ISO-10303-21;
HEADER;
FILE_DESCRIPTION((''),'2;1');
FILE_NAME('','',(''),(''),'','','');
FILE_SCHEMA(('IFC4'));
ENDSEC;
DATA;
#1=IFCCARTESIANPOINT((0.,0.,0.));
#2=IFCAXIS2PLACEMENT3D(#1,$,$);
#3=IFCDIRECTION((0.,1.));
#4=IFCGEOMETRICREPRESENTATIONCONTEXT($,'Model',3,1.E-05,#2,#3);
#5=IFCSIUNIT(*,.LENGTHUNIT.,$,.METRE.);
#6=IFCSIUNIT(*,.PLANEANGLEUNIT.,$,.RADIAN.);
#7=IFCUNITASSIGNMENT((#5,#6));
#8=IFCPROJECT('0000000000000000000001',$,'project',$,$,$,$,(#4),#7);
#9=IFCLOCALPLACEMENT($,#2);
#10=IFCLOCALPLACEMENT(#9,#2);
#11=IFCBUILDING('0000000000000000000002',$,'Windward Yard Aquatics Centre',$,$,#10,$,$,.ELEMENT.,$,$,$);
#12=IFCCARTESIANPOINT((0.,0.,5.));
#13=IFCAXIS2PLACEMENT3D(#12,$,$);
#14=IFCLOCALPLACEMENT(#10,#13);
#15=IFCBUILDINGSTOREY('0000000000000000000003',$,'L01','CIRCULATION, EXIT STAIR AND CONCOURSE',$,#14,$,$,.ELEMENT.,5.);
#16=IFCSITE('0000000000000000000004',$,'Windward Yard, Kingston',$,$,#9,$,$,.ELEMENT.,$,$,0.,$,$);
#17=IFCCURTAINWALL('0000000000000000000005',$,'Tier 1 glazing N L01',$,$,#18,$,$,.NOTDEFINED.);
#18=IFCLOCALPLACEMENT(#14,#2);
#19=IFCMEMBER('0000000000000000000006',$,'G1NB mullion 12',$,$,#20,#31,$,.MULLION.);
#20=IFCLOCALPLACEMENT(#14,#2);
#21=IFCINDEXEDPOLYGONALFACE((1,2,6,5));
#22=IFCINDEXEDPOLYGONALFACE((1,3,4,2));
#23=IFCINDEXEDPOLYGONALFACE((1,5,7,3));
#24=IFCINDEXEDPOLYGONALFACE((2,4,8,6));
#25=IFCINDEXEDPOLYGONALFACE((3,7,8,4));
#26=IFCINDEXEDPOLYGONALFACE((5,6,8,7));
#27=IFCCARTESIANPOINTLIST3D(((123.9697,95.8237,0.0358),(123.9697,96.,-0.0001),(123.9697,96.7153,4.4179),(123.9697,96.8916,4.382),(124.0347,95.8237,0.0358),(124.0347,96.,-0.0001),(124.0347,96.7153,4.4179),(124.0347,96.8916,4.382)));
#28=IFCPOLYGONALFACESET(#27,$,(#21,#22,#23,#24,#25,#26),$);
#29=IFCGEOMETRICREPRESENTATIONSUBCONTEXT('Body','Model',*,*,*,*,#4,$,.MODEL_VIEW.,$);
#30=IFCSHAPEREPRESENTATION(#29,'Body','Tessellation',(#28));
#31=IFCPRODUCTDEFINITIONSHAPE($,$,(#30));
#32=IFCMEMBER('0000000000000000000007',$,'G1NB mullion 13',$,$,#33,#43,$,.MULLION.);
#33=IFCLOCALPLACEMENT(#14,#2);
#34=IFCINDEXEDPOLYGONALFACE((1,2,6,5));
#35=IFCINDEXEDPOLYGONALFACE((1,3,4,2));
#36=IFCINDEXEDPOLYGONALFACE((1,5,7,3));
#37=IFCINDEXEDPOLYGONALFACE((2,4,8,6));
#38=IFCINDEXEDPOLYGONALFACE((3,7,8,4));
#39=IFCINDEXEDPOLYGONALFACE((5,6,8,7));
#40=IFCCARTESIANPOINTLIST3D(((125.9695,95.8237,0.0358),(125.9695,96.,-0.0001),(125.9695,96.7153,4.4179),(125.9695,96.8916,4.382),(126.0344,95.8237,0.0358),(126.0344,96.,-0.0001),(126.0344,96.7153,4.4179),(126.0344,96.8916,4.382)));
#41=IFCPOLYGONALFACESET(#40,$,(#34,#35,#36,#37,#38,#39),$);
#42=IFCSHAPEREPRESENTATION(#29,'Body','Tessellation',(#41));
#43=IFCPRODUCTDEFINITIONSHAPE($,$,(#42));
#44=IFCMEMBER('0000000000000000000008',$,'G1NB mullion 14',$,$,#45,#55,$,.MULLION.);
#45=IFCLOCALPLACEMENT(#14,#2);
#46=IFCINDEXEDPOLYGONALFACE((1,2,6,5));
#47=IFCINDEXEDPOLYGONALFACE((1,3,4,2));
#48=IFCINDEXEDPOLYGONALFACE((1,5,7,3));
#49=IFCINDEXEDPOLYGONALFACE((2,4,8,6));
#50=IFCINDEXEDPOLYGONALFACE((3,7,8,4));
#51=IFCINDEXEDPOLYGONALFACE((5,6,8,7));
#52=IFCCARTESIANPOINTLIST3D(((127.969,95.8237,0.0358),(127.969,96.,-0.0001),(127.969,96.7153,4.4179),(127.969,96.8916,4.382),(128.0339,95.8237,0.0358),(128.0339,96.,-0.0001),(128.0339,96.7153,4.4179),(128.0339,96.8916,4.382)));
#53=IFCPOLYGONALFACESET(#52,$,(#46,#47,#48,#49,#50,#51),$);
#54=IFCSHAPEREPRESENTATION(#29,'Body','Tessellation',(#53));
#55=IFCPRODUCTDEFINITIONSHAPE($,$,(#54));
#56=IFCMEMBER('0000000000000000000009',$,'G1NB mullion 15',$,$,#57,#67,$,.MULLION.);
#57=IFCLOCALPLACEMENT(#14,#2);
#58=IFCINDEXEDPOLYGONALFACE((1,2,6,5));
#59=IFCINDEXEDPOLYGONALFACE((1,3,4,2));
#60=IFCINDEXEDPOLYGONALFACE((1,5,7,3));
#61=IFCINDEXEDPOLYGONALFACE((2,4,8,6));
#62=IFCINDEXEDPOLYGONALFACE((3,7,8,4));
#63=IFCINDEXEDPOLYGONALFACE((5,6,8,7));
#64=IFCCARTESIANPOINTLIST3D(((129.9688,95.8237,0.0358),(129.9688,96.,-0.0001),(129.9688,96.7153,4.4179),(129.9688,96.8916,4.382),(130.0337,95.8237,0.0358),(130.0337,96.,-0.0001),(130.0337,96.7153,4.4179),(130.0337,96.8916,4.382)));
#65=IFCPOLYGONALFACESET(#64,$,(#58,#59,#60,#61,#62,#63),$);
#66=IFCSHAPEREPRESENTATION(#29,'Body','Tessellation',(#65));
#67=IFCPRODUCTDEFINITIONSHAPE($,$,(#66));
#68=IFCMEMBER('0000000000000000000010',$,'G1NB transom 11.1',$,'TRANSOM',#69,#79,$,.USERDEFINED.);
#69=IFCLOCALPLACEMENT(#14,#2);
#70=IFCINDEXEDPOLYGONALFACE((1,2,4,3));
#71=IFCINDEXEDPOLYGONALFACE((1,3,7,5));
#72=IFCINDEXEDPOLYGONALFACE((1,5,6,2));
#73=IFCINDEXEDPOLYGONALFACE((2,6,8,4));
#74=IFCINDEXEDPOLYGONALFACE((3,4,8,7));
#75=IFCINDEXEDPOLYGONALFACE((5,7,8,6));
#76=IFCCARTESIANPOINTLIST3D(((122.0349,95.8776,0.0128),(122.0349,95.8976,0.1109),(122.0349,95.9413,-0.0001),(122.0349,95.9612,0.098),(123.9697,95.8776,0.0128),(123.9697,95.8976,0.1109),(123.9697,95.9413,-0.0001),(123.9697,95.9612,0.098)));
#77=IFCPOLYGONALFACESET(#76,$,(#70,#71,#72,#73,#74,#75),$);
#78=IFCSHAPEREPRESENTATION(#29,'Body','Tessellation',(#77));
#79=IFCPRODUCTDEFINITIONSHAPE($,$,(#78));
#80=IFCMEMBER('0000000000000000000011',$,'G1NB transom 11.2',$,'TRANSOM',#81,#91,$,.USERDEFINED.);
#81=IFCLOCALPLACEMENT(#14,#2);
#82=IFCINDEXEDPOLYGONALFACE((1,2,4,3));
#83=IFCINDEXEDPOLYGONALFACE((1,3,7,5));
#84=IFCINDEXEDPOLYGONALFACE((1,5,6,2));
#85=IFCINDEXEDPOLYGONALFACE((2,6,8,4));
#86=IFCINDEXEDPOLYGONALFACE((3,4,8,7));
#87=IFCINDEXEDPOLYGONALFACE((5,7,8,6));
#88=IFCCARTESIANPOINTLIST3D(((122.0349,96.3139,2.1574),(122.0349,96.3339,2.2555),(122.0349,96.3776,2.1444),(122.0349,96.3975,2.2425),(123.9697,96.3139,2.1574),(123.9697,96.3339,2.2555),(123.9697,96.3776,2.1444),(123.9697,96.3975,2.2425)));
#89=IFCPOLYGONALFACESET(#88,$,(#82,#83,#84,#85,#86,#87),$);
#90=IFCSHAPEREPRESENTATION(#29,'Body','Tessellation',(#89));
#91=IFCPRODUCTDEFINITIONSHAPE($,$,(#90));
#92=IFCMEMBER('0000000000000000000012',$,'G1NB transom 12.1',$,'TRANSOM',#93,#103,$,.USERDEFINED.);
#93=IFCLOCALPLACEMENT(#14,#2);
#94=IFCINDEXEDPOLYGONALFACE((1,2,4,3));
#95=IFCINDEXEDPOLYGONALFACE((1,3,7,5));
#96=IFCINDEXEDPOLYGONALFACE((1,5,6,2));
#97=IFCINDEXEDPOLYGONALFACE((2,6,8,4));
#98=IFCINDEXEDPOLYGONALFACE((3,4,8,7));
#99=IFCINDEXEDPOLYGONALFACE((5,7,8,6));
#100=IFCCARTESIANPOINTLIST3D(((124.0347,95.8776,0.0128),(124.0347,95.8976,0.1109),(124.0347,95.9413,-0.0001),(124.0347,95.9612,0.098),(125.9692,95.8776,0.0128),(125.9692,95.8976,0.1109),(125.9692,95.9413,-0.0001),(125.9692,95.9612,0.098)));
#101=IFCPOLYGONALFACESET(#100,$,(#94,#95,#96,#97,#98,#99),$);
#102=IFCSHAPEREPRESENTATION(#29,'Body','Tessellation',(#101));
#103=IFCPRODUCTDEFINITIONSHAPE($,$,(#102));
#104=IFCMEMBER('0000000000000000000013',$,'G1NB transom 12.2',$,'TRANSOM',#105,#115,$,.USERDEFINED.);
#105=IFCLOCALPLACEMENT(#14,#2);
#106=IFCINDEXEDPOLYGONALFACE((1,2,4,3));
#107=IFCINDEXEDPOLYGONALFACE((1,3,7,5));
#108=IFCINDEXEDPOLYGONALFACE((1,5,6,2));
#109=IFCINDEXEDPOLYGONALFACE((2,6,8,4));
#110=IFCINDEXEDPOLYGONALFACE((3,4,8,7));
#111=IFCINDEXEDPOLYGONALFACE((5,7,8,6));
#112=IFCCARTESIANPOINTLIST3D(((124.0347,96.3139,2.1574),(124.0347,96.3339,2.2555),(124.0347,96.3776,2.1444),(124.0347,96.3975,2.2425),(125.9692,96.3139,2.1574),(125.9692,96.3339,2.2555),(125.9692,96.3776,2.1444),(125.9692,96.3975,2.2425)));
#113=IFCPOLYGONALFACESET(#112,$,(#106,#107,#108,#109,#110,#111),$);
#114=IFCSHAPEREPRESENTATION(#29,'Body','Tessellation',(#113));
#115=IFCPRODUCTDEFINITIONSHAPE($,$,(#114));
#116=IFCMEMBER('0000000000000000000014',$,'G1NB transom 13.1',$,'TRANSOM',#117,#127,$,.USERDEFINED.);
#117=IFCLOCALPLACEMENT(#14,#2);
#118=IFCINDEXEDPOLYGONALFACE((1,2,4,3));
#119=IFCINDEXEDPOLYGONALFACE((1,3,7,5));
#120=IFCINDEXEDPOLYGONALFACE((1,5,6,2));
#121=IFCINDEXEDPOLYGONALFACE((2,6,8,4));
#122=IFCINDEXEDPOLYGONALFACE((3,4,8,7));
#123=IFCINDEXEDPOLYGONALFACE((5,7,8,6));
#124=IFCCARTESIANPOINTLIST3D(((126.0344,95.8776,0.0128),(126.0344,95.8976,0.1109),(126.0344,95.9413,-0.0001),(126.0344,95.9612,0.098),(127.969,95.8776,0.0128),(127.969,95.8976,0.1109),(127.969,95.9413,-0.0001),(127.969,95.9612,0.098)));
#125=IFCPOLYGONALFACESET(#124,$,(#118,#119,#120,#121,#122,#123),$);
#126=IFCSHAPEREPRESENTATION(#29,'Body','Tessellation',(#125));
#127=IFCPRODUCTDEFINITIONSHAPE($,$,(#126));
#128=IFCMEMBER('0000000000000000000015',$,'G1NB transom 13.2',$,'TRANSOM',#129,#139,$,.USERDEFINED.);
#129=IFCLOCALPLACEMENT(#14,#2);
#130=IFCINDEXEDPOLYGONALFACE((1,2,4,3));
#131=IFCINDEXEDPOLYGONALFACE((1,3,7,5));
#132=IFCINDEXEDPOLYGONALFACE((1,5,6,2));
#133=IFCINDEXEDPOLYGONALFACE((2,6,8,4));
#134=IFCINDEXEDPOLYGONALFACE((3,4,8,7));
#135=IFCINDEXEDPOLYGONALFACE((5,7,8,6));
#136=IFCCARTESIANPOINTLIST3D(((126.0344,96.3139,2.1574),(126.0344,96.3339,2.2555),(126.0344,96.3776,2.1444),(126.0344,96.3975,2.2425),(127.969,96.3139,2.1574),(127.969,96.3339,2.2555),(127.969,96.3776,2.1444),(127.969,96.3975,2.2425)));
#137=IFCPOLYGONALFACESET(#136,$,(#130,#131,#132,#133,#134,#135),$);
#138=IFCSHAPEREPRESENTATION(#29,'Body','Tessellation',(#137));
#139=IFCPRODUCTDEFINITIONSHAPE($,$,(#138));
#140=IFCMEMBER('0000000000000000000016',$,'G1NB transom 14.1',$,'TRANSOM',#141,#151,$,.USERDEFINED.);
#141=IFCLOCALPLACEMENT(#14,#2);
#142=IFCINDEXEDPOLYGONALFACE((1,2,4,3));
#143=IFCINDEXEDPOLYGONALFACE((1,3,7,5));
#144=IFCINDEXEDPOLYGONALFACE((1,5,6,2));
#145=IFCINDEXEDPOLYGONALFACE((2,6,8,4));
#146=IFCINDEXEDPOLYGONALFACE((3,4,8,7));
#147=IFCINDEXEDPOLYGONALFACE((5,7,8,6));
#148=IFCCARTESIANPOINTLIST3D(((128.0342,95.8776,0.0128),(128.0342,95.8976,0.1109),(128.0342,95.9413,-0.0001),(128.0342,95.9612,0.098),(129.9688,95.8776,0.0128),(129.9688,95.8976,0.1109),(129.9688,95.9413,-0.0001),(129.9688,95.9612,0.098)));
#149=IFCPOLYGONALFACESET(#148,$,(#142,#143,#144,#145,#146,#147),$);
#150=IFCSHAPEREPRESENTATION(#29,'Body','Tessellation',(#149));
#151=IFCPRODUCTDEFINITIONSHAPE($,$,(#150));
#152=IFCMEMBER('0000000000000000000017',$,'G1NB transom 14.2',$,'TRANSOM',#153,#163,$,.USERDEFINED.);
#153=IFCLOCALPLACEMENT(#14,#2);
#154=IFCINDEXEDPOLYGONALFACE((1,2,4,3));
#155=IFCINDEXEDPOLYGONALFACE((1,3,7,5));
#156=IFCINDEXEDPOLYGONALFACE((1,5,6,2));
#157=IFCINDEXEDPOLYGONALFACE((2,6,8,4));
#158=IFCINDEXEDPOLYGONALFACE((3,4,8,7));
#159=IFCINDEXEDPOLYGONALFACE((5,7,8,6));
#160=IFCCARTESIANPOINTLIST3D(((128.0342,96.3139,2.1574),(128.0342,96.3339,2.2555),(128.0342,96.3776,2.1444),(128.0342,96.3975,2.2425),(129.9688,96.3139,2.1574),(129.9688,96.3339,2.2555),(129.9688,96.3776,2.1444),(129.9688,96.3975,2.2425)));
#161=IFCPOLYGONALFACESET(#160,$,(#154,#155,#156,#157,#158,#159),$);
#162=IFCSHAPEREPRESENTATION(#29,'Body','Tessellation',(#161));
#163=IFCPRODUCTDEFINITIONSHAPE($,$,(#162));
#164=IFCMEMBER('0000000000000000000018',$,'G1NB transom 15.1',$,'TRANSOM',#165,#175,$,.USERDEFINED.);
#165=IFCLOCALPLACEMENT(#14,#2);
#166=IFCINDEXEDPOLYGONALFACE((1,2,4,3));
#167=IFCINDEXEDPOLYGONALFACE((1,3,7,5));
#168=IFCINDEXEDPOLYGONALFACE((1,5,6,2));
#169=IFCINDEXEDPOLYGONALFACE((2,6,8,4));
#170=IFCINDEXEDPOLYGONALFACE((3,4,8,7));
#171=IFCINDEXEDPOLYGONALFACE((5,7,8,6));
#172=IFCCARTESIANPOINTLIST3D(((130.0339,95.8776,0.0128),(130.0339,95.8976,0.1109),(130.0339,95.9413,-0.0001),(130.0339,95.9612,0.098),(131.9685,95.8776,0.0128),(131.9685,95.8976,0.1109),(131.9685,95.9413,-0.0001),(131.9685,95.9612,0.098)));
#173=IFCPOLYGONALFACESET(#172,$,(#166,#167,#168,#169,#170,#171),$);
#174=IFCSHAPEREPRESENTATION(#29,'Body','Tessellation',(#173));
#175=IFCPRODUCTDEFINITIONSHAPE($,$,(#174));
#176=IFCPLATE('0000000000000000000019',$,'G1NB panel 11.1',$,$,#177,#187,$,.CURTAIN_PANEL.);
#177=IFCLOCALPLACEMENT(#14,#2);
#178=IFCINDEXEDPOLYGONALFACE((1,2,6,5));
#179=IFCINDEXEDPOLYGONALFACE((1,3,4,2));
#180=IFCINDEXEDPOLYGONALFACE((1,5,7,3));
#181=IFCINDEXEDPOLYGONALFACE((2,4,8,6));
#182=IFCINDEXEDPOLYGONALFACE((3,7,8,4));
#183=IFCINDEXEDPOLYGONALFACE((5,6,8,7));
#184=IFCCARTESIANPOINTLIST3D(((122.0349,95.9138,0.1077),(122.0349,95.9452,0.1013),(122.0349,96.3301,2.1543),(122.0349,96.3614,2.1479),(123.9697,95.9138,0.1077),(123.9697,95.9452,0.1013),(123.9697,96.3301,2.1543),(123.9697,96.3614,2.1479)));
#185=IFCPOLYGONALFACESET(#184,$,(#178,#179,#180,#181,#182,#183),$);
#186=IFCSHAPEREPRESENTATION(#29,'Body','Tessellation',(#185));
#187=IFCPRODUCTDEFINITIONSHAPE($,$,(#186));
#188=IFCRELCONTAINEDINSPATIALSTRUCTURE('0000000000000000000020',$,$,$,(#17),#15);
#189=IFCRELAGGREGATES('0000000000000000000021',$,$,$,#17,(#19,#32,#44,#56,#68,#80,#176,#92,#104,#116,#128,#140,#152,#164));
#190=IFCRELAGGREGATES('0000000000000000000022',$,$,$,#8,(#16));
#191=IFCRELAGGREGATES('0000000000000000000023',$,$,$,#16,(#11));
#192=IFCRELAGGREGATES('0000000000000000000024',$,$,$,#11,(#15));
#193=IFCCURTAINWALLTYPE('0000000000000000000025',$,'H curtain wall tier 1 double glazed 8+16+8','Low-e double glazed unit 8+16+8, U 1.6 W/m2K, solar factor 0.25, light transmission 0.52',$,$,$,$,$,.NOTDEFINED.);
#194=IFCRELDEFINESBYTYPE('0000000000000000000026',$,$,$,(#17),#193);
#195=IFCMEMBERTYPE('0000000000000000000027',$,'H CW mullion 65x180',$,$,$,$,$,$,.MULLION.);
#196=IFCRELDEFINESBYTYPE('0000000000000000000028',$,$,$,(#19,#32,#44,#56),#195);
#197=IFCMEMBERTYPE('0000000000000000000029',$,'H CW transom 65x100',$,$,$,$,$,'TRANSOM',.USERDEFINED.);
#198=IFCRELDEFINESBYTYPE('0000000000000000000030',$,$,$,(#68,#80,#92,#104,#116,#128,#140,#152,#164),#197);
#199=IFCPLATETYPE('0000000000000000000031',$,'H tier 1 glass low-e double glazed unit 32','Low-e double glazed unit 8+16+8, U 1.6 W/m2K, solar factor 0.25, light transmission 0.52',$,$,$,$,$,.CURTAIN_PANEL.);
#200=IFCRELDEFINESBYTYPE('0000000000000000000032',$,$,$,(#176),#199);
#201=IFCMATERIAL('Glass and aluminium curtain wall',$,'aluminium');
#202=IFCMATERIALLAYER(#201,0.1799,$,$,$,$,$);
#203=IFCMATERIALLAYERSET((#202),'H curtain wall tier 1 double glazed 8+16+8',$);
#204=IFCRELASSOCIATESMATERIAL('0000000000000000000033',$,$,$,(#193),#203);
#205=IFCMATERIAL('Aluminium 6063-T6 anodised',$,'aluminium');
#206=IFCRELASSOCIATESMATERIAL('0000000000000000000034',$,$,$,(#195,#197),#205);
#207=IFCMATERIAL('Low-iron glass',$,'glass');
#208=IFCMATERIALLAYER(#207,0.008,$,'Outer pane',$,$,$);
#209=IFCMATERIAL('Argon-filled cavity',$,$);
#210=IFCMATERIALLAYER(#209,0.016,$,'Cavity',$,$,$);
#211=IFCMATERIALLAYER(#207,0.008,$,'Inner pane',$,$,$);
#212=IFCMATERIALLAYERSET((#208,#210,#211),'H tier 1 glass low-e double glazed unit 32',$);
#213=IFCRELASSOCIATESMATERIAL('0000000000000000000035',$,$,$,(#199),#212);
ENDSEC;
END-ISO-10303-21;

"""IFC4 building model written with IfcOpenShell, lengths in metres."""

from ifc_helpers import new_model, si_unit, direction, frame, origin, origin_2d, place, context, subcontext, project, spatial, polyline, rectangle, outline, extrude, material, layer, layer_set, material_profile, profile_set, type_object, element, aggregate, save


model = new_model("IFC4")

# Units and contexts
model_context = context("Model", 3, precision=1e-05, world=origin(), true_north=direction((0.0, 1.0)))
body_context = subcontext(model_context, "Body", "Model", "MODEL_VIEW")
ifc_project = project(units=[si_unit("LENGTHUNIT", "METRE"), si_unit("PLANEANGLEUNIT", "RADIAN")], contexts=[model_context])

# Site, building, storey
site_placement = place(None, origin())
site = spatial("IfcSite", under=ifc_project, at=site_placement, Name="Windward Yard, Kingston", CompositionType="ELEMENT", RefElevation=0.0)
building_placement = place(site_placement, origin())
building = spatial("IfcBuilding", under=site, at=building_placement, Name="Windward Yard Aquatics Centre", CompositionType="ELEMENT")
storey_placement = place(building_placement, frame((0.0, 0.0, 5.0)))
storey = spatial("IfcBuildingStorey", under=building, at=storey_placement, Name="L01", Description="CIRCULATION, EXIT STAIR AND CONCOURSE", CompositionType="ELEMENT", Elevation=5.0)

# Curtain wall, members, plate
ifc_material_1 = material(Name="Glass and aluminium curtain wall", Category="aluminium")
ifc_layer_1 = layer(ifc_material_1, 0.1799)
ifc_layer_set_1 = layer_set([ifc_layer_1], Name="H curtain wall tier 1 double glazed 8+16+8")
curtain_wall_type = type_object("IfcCurtainWallType", Name="H curtain wall tier 1 double glazed 8+16+8", Description="Low-e double glazed unit 8+16+8, U 1.6 W/m2K, solar factor 0.25, light transmission 0.52", PredefinedType="NOTDEFINED", material=ifc_layer_set_1)
curtain_wall_placement = place(storey_placement, origin())
curtain_wall = element("IfcCurtainWall", 1, at=curtain_wall_placement, inside=storey, type_object=curtain_wall_type, Name="Tier 1 glazing N L01", PredefinedType="NOTDEFINED")
ifc_material_2 = material(Name="Aluminium 6063-T6 anodised", Category="aluminium")
ifc_material_profile_1 = material_profile(ifc_material_2, rectangle(XDim=0.0649, YDim=0.1799, at=origin_2d()), Name="H CW mullion 65x180")
ifc_profile_set_1 = profile_set([ifc_material_profile_1], Name="Aluminium 6063-T6 anodised")
member_type_1 = type_object("IfcMemberType", Name="H CW mullion 65x180", PredefinedType="MULLION", material=ifc_profile_set_1)
member_1_placement = place(storey_placement, frame((124.0022, 95.9119, 0.0178), z_axis=(0.0, 0.19938, 0.979922), x_axis=(-1.0, 0.0, 0.0)))
member_1 = element("IfcMember", 2, at=member_1_placement, type_object=member_type_1, Name="G1NB mullion 12", PredefinedType="MULLION", context=body_context, shape_type="SweptSolid", body=[
    extrude(rectangle(XDim=0.0649, YDim=0.1799, at=origin_2d()), origin(), (0.0, 0.0, 1.0), 4.4719),
])
member_2_placement = place(storey_placement, frame((126.002, 95.9119, 0.0178), z_axis=(0.0, 0.19938, 0.979922), x_axis=(-1.0, 0.0, 0.0)))
member_2 = element("IfcMember", 3, at=member_2_placement, type_object=member_type_1, Name="G1NB mullion 13", PredefinedType="MULLION", context=body_context, shape_type="SweptSolid", body=[
    extrude(rectangle(XDim=0.0649, YDim=0.1799, at=origin_2d()), origin(), (0.0, 0.0, 1.0), 4.4719),
])
member_3_placement = place(storey_placement, frame((128.0015, 95.9119, 0.0178), z_axis=(0.0, 0.19938, 0.979922), x_axis=(-1.0, 0.0, 0.0)))
member_3 = element("IfcMember", 4, at=member_3_placement, type_object=member_type_1, Name="G1NB mullion 14", PredefinedType="MULLION", context=body_context, shape_type="SweptSolid", body=[
    extrude(rectangle(XDim=0.0649, YDim=0.1799, at=origin_2d()), origin(), (0.0, 0.0, 1.0), 4.4719),
])
member_4_placement = place(storey_placement, frame((130.0012, 95.9119, 0.0178), z_axis=(0.0, 0.19938, 0.979922), x_axis=(-1.0, 0.0, 0.0)))
member_4 = element("IfcMember", 5, at=member_4_placement, type_object=member_type_1, Name="G1NB mullion 15", PredefinedType="MULLION", context=body_context, shape_type="SweptSolid", body=[
    extrude(rectangle(XDim=0.0649, YDim=0.1799, at=origin_2d()), origin(), (0.0, 0.0, 1.0), 4.4719),
])
ifc_material_profile_2 = material_profile(ifc_material_2, rectangle(XDim=0.0649, YDim=0.1001, at=origin_2d()), Name="H CW transom 65x100")
ifc_profile_set_2 = profile_set([ifc_material_profile_2], Name="Aluminium 6063-T6 anodised")
member_type_2 = type_object("IfcMemberType", Name="H CW transom 65x100", ElementType="TRANSOM", PredefinedType="USERDEFINED", material=ifc_profile_set_2)
member_5_placement = place(storey_placement, frame((122.0349, 95.9194, 0.0554), z_axis=(1.0, 0.0, 0.0), x_axis=(0.0, -0.979925, 0.199368)))
member_5 = element("IfcMember", 6, at=member_5_placement, type_object=member_type_2, Name="G1NB transom 11.1", ObjectType="TRANSOM", PredefinedType="USERDEFINED", context=body_context, shape_type="SweptSolid", body=[
    extrude(rectangle(XDim=0.0649, YDim=0.1001, at=origin_2d()), origin(), (0.0, 0.0, 1.0), 1.9348),
])
member_6_placement = place(storey_placement, frame((122.0349, 96.3557, 2.2), z_axis=(1.0, 0.0, 0.0), x_axis=(0.0, -0.979925, 0.199368)))
member_6 = element("IfcMember", 7, at=member_6_placement, type_object=member_type_2, Name="G1NB transom 11.2", ObjectType="TRANSOM", PredefinedType="USERDEFINED", context=body_context, shape_type="SweptSolid", body=[
    extrude(rectangle(XDim=0.0649, YDim=0.1001, at=origin_2d()), origin(), (0.0, 0.0, 1.0), 1.9348),
])
member_7_placement = place(storey_placement, frame((124.0347, 95.9194, 0.0554), z_axis=(1.0, 0.0, 0.0), x_axis=(0.0, -0.979925, 0.199368)))
member_7 = element("IfcMember", 8, at=member_7_placement, type_object=member_type_2, Name="G1NB transom 12.1", ObjectType="TRANSOM", PredefinedType="USERDEFINED", context=body_context, shape_type="SweptSolid", body=[
    extrude(rectangle(XDim=0.0649, YDim=0.1001, at=origin_2d()), origin(), (0.0, 0.0, 1.0), 1.9346),
])
member_8_placement = place(storey_placement, frame((124.0347, 96.3557, 2.2), z_axis=(1.0, 0.0, 0.0), x_axis=(0.0, -0.979925, 0.199368)))
member_8 = element("IfcMember", 9, at=member_8_placement, type_object=member_type_2, Name="G1NB transom 12.2", ObjectType="TRANSOM", PredefinedType="USERDEFINED", context=body_context, shape_type="SweptSolid", body=[
    extrude(rectangle(XDim=0.0649, YDim=0.1001, at=origin_2d()), origin(), (0.0, 0.0, 1.0), 1.9346),
])
member_9_placement = place(storey_placement, frame((126.0344, 95.9194, 0.0554), z_axis=(1.0, 0.0, 0.0), x_axis=(0.0, -0.979925, 0.199368)))
member_9 = element("IfcMember", 10, at=member_9_placement, type_object=member_type_2, Name="G1NB transom 13.1", ObjectType="TRANSOM", PredefinedType="USERDEFINED", context=body_context, shape_type="SweptSolid", body=[
    extrude(rectangle(XDim=0.0649, YDim=0.1001, at=origin_2d()), origin(), (0.0, 0.0, 1.0), 1.9346),
])
member_10_placement = place(storey_placement, frame((126.0344, 96.3557, 2.2), z_axis=(1.0, 0.0, 0.0), x_axis=(0.0, -0.979925, 0.199368)))
member_10 = element("IfcMember", 11, at=member_10_placement, type_object=member_type_2, Name="G1NB transom 13.2", ObjectType="TRANSOM", PredefinedType="USERDEFINED", context=body_context, shape_type="SweptSolid", body=[
    extrude(rectangle(XDim=0.0649, YDim=0.1001, at=origin_2d()), origin(), (0.0, 0.0, 1.0), 1.9346),
])
member_11_placement = place(storey_placement, frame((128.0342, 95.9194, 0.0554), z_axis=(1.0, 0.0, 0.0), x_axis=(0.0, -0.979925, 0.199368)))
member_11 = element("IfcMember", 12, at=member_11_placement, type_object=member_type_2, Name="G1NB transom 14.1", ObjectType="TRANSOM", PredefinedType="USERDEFINED", context=body_context, shape_type="SweptSolid", body=[
    extrude(rectangle(XDim=0.0649, YDim=0.1001, at=origin_2d()), origin(), (0.0, 0.0, 1.0), 1.9346),
])
member_12_placement = place(storey_placement, frame((128.0342, 96.3557, 2.2), z_axis=(1.0, 0.0, 0.0), x_axis=(0.0, -0.979925, 0.199368)))
member_12 = element("IfcMember", 13, at=member_12_placement, type_object=member_type_2, Name="G1NB transom 14.2", ObjectType="TRANSOM", PredefinedType="USERDEFINED", context=body_context, shape_type="SweptSolid", body=[
    extrude(rectangle(XDim=0.0649, YDim=0.1001, at=origin_2d()), origin(), (0.0, 0.0, 1.0), 1.9346),
])
member_13_placement = place(storey_placement, frame((130.0339, 95.9194, 0.0554), z_axis=(1.0, 0.0, 0.0), x_axis=(0.0, -0.979925, 0.199368)))
member_13 = element("IfcMember", 14, at=member_13_placement, type_object=member_type_2, Name="G1NB transom 15.1", ObjectType="TRANSOM", PredefinedType="USERDEFINED", context=body_context, shape_type="SweptSolid", body=[
    extrude(rectangle(XDim=0.0649, YDim=0.1001, at=origin_2d()), origin(), (0.0, 0.0, 1.0), 1.9346),
])
ifc_material_3 = material(Name="Low-iron glass", Category="glass")
ifc_layer_2 = layer(ifc_material_3, 0.008, Name="Outer pane")
ifc_material_4 = material(Name="Argon-filled cavity")
ifc_layer_3 = layer(ifc_material_4, 0.016, Name="Cavity")
ifc_layer_4 = layer(ifc_material_3, 0.008, Name="Inner pane")
ifc_layer_set_2 = layer_set([ifc_layer_2, ifc_layer_3, ifc_layer_4], Name="H tier 1 glass low-e double glazed unit 32")
plate_type = type_object("IfcPlateType", Name="H tier 1 glass low-e double glazed unit 32", Description="Low-e double glazed unit 8+16+8, U 1.6 W/m2K, solar factor 0.25, light transmission 0.52", PredefinedType="CURTAIN_PANEL", material=ifc_layer_set_2)
plate_1_placement = place(storey_placement, frame((122.0349, 95.9138, 0.1077), z_axis=(0.0, -0.979937, 0.199307), x_axis=(1.0, 0.0, 0.0)))
plate_1 = element("IfcPlate", 15, at=plate_1_placement, type_object=plate_type, Name="G1NB panel 11.1", PredefinedType="CURTAIN_PANEL", context=body_context, shape_type="SweptSolid", body=[
    extrude(outline(polyline([(0.0, 0.0), (1.9348, 0.0), (1.9348, 2.0885), (0.0, 2.0885), (0.0, 0.0)])), origin(), (0.0, 0.0, -1.0), 0.032),
])
aggregate(curtain_wall, [member_1, member_2, member_3, member_4, member_5, member_6, plate_1, member_7, member_8, member_9, member_10, member_11, member_12, member_13])

save(model, "model.ifc")
